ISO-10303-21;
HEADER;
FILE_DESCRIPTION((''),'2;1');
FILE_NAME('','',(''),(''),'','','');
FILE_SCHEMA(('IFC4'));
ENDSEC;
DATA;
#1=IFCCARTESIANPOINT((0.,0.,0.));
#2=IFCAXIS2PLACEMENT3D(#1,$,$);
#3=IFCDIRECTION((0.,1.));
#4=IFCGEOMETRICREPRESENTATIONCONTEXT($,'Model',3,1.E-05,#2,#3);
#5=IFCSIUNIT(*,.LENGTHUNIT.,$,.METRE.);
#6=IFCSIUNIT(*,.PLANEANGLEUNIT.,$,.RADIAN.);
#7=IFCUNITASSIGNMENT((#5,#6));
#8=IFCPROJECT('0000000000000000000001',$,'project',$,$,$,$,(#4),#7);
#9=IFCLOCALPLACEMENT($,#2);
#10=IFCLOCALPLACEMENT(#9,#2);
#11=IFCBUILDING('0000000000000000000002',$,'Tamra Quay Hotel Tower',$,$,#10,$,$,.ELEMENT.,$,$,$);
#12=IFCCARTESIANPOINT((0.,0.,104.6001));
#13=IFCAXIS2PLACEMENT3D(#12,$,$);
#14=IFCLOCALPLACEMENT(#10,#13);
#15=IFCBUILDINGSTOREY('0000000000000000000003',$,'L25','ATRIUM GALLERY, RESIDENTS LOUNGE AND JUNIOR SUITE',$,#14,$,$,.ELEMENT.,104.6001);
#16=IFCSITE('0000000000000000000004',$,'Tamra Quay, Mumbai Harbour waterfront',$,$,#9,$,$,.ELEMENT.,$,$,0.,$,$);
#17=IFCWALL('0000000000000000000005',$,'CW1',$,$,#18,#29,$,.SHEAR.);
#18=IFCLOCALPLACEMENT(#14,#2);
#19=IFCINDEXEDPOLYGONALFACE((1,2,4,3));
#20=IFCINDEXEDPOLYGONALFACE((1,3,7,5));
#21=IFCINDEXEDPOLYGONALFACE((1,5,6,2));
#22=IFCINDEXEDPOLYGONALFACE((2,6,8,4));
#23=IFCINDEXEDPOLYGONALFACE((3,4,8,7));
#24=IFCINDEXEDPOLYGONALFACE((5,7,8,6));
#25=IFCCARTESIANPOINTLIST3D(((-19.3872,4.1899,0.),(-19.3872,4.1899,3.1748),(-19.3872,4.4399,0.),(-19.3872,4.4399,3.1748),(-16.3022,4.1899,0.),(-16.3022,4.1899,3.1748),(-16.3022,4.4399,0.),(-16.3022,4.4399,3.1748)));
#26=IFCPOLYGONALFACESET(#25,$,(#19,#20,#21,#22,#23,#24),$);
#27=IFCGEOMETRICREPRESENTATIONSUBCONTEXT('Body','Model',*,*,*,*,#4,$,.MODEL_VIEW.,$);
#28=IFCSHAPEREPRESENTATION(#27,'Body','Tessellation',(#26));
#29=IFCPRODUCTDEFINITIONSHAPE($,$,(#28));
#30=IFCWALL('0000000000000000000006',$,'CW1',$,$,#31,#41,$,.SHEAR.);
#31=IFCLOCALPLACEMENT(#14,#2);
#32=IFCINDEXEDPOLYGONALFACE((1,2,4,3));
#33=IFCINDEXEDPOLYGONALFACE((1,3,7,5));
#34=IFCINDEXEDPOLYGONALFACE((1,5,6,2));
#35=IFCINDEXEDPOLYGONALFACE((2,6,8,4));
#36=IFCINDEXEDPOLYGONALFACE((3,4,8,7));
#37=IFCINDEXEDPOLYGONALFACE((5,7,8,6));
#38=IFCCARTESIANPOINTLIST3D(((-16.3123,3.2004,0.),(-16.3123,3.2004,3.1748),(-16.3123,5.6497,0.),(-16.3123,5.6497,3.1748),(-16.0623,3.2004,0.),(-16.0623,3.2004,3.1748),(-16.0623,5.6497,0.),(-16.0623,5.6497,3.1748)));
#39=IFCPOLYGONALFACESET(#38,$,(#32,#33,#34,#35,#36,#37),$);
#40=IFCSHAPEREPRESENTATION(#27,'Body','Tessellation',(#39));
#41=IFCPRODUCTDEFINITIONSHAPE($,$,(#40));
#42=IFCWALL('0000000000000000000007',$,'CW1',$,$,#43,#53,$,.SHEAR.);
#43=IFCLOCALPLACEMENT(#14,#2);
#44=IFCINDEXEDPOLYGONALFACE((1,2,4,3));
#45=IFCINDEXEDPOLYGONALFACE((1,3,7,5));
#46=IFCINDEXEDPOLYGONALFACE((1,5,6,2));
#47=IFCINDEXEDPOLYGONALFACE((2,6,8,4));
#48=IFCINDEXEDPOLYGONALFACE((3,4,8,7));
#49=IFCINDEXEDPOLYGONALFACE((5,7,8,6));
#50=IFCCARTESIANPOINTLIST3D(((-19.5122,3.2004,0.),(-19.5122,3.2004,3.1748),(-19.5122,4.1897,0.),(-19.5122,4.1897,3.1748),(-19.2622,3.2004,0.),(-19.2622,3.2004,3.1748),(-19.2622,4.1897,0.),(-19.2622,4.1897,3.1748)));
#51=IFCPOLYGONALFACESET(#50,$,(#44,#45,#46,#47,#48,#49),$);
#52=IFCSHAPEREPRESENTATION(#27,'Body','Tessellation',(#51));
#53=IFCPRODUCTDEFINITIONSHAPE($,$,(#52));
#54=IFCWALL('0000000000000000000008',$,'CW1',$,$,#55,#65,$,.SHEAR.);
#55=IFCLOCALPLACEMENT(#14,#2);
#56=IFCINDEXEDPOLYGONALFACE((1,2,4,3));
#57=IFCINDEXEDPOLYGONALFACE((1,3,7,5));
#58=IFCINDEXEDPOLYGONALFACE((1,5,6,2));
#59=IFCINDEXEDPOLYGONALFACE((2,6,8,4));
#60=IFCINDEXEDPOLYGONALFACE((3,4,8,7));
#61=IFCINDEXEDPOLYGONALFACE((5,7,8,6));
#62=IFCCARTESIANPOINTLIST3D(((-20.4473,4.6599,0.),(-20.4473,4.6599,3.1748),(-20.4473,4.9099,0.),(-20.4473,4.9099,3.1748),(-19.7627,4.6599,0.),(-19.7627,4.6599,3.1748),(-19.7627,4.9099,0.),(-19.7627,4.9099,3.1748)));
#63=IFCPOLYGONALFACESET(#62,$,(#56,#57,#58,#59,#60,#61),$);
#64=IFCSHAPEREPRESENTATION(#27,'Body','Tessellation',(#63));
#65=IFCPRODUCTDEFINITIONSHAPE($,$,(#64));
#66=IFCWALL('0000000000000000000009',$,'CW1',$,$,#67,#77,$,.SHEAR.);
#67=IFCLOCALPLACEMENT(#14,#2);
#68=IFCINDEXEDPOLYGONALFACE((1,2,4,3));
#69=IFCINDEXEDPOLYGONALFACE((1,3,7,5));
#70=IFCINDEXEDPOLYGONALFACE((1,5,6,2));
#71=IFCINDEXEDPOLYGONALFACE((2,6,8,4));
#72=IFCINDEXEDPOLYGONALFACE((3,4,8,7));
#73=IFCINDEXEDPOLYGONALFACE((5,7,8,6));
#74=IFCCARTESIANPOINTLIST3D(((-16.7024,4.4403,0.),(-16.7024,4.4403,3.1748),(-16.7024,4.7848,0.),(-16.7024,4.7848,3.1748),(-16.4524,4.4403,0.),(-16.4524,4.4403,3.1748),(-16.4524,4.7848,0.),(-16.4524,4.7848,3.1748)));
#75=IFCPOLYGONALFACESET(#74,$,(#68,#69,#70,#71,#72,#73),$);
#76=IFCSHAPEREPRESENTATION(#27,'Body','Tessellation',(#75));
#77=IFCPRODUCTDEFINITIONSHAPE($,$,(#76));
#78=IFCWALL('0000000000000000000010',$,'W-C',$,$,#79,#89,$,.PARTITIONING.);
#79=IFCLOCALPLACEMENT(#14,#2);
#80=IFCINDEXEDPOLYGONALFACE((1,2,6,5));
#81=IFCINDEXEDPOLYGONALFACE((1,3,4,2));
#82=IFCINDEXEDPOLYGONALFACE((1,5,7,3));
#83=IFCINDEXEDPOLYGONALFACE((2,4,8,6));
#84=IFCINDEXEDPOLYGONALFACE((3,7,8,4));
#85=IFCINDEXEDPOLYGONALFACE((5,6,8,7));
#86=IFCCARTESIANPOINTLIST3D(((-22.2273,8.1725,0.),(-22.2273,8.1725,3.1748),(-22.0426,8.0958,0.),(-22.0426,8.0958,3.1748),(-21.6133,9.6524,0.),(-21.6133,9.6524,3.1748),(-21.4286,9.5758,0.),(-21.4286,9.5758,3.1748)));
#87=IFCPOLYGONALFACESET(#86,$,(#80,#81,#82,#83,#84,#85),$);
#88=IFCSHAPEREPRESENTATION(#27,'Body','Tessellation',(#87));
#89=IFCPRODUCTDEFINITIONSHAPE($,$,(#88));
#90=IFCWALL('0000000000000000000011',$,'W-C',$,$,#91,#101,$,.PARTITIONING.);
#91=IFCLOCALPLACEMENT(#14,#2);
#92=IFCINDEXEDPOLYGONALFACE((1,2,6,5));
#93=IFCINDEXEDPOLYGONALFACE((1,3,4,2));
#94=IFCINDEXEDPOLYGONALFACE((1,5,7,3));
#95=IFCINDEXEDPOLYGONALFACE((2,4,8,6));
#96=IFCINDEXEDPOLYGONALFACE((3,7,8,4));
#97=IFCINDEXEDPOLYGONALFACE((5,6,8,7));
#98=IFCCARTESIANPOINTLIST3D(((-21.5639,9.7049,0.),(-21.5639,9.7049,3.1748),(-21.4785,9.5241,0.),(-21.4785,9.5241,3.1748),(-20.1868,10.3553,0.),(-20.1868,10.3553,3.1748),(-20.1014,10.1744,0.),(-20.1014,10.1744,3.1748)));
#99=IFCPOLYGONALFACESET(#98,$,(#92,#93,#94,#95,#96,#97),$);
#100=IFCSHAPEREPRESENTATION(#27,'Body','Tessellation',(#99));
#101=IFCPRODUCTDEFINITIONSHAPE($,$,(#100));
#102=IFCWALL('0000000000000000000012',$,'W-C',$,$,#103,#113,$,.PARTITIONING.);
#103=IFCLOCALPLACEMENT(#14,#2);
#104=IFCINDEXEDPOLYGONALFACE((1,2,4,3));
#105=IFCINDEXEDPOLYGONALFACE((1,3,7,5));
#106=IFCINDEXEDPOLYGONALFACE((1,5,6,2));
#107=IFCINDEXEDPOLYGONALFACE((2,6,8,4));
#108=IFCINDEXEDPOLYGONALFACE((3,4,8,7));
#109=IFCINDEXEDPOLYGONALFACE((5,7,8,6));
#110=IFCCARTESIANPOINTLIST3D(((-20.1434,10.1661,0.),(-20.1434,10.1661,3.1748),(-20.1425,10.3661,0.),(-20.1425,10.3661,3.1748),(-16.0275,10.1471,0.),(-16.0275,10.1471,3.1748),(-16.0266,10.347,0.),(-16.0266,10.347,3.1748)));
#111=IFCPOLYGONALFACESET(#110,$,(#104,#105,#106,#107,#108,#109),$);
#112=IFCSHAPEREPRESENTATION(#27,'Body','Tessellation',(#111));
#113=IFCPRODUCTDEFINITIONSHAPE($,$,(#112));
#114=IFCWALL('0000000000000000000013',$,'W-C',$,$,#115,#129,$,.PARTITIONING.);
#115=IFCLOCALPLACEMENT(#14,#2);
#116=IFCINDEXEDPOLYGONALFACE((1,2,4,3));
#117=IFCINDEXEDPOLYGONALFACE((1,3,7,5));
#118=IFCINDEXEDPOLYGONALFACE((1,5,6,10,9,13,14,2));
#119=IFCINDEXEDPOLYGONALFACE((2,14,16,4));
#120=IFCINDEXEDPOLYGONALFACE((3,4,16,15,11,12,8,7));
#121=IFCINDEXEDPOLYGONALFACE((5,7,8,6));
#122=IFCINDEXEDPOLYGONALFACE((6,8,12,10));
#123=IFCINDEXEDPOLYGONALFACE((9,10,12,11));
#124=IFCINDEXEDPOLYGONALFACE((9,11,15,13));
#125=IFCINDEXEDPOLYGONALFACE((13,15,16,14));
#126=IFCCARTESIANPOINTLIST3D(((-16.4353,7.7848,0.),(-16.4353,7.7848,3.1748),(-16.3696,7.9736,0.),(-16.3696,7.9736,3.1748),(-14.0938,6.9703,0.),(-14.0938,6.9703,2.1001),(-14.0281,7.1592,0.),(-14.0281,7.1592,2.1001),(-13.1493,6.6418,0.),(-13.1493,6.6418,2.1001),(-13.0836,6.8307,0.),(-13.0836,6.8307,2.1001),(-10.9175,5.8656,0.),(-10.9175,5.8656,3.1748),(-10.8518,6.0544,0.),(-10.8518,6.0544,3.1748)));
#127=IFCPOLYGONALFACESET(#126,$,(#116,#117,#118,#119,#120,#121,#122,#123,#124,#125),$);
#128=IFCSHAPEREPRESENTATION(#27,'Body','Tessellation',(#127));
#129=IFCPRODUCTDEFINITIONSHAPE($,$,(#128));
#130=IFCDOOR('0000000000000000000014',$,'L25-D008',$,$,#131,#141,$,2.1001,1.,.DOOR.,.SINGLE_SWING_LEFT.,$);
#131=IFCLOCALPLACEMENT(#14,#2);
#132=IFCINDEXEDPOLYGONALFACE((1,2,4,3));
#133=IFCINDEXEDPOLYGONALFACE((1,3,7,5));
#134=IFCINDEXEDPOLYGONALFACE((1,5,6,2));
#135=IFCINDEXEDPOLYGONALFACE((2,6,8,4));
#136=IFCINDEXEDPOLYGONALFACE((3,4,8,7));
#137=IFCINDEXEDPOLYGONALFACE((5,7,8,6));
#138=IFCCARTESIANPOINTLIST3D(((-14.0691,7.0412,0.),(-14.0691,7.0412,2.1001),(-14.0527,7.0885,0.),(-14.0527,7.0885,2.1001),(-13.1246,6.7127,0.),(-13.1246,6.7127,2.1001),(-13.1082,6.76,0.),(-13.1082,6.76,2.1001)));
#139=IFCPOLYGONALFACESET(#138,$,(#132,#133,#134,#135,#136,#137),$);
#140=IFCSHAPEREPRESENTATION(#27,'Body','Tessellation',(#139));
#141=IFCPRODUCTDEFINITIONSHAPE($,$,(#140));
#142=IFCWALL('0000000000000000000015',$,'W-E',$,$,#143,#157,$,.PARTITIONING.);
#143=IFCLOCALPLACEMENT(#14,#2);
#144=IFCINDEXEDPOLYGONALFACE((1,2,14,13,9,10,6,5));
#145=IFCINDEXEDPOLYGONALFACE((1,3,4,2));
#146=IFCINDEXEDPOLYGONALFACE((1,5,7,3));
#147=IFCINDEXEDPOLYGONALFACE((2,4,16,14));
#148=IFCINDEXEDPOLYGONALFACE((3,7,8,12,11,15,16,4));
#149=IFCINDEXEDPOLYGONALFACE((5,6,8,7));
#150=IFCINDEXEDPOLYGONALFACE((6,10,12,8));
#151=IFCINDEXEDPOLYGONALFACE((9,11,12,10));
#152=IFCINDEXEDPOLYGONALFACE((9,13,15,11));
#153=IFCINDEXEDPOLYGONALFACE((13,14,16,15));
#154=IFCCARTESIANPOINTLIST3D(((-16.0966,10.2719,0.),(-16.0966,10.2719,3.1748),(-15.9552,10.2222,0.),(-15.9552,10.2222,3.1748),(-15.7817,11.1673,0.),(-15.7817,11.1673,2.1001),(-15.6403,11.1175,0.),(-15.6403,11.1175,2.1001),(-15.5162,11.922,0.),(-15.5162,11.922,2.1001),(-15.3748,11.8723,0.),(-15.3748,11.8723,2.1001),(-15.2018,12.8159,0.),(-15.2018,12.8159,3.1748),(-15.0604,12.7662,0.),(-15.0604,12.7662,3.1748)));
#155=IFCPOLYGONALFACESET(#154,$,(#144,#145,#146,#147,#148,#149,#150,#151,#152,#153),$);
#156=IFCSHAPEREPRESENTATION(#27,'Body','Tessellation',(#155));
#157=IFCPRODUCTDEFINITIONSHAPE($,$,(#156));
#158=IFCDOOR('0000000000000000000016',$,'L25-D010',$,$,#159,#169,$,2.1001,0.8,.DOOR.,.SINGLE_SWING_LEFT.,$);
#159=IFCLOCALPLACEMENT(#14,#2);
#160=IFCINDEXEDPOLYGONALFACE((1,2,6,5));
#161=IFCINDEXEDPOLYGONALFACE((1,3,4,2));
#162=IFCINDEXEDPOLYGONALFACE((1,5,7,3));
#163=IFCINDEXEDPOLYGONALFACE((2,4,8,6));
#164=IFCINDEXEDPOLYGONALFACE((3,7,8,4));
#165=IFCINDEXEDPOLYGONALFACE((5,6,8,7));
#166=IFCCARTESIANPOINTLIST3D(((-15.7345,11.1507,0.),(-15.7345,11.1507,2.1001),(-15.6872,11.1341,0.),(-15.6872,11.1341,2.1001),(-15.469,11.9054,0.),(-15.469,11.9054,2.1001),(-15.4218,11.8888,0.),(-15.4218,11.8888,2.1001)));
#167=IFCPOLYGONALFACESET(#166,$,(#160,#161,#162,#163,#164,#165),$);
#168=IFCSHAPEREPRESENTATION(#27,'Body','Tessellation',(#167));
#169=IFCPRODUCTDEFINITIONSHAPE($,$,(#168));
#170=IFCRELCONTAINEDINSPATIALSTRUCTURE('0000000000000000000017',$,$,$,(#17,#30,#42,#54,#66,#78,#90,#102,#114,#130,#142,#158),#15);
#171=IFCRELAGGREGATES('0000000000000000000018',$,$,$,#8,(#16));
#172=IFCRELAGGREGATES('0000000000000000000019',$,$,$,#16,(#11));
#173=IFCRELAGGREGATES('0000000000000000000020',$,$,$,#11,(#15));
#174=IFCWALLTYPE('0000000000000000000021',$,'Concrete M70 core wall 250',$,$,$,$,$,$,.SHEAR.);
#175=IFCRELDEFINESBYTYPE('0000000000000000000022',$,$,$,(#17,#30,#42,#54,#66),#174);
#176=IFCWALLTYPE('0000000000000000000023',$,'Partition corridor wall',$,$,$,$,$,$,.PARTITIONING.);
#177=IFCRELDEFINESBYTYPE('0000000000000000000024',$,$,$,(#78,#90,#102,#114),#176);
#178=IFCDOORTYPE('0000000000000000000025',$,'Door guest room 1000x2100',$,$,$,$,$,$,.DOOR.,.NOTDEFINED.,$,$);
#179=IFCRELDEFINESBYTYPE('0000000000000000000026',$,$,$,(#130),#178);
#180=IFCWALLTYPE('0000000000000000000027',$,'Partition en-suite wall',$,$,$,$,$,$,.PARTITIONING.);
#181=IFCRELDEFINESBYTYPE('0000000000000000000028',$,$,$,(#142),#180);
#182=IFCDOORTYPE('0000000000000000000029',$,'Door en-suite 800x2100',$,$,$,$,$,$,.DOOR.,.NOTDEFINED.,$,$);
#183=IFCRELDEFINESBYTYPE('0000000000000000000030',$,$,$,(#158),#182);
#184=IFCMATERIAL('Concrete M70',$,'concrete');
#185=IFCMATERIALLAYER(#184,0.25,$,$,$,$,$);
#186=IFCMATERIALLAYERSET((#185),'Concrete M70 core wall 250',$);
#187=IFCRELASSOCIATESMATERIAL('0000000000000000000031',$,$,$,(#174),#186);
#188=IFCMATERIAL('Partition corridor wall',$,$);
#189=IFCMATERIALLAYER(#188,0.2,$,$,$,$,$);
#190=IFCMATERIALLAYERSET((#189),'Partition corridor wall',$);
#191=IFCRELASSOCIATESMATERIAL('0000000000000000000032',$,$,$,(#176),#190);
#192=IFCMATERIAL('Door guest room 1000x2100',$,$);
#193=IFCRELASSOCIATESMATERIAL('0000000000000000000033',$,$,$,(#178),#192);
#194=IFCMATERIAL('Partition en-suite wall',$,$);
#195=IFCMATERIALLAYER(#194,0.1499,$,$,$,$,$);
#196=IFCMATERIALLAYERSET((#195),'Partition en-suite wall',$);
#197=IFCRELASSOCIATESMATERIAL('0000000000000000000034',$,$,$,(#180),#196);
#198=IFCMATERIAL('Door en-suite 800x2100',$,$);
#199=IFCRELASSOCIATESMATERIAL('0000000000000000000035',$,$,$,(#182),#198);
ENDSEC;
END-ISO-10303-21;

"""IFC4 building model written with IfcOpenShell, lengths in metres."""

from ifc_helpers import new_model, si_unit, direction, frame, frame_2d, origin, place, context, subcontext, project, spatial, rectangle, extrude, material, layer, layer_set, type_object, element, fill, save


model = new_model("IFC4")

# Units and contexts
model_context = context("Model", 3, precision=1e-05, world=origin(), true_north=direction((0.0, 1.0)))
body_context = subcontext(model_context, "Body", "Model", "MODEL_VIEW")
ifc_project = project(units=[si_unit("LENGTHUNIT", "METRE"), si_unit("PLANEANGLEUNIT", "RADIAN")], contexts=[model_context])

# Site, building, storey
site_placement = place(None, origin())
site = spatial("IfcSite", under=ifc_project, at=site_placement, Name="Tamra Quay, Mumbai Harbour waterfront", CompositionType="ELEMENT", RefElevation=0.0)
building_placement = place(site_placement, origin())
building = spatial("IfcBuilding", under=site, at=building_placement, Name="Tamra Quay Hotel Tower", CompositionType="ELEMENT")
storey_placement = place(building_placement, frame((0.0, 0.0, 104.6001)))
storey = spatial("IfcBuildingStorey", under=building, at=storey_placement, Name="L25", Description="ATRIUM GALLERY, RESIDENTS LOUNGE AND JUNIOR SUITE", CompositionType="ELEMENT", Elevation=104.6001)

# Shared definitions
ifc_material_1 = material(Name="Concrete M70", Category="concrete")

# Walls
ifc_layer_1 = layer(ifc_material_1, 0.25)
ifc_layer_set_1 = layer_set([ifc_layer_1], Name="Concrete M70 core wall 250")
wall_type_1 = type_object("IfcWallType", Name="Concrete M70 core wall 250", PredefinedType="SHEAR", material=ifc_layer_set_1)
wall_1_placement = place(storey_placement, frame((-16.3022, 4.3149, 0.0), z_axis=(0.0, 0.0, 1.0), x_axis=(-1.0, 0.0, 0.0)))
element("IfcWall", 1, at=wall_1_placement, inside=storey, type_object=wall_type_1, Name="CW1", PredefinedType="SHEAR", context=body_context, shape_type="SweptSolid", body=[
    extrude(rectangle(XDim=3.085, YDim=0.25, at=frame_2d((1.5425, 0.0))), origin(), (0.0, 0.0, 1.0), 3.1748),
])
wall_2_placement = place(storey_placement, frame((-16.1873, 3.2004, 0.0), z_axis=(0.0, 0.0, 1.0), x_axis=(0.0, 1.0, 0.0)))
element("IfcWall", 2, at=wall_2_placement, inside=storey, type_object=wall_type_1, Name="CW1", PredefinedType="SHEAR", context=body_context, shape_type="SweptSolid", body=[
    extrude(rectangle(XDim=2.4492, YDim=0.25, at=frame_2d((1.2246, 0.0))), origin(), (0.0, 0.0, 1.0), 3.1748),
])
wall_3_placement = place(storey_placement, frame((-19.3872, 4.1897, 0.0), z_axis=(0.0, 0.0, 1.0), x_axis=(0.0, -1.0, 0.0)))
element("IfcWall", 3, at=wall_3_placement, inside=storey, type_object=wall_type_1, Name="CW1", PredefinedType="SHEAR", context=body_context, shape_type="SweptSolid", body=[
    extrude(rectangle(XDim=0.9893, YDim=0.25, at=frame_2d((0.4946, 0.0))), origin(), (0.0, 0.0, 1.0), 3.1748),
])
wall_4_placement = place(storey_placement, frame((-20.4473, 4.7849, 0.0), z_axis=(0.0, 0.0, 1.0), x_axis=(1.0, 0.0, 0.0)))
element("IfcWall", 4, at=wall_4_placement, inside=storey, type_object=wall_type_1, Name="CW1", PredefinedType="SHEAR", context=body_context, shape_type="SweptSolid", body=[
    extrude(rectangle(XDim=0.6846, YDim=0.25, at=frame_2d((0.3423, 0.0))), origin(), (0.0, 0.0, 1.0), 3.1748),
])
wall_5_placement = place(storey_placement, frame((-16.5774, 4.7849, 0.0), z_axis=(0.0, 0.0, 1.0), x_axis=(0.0, -1.0, 0.0)))
element("IfcWall", 5, at=wall_5_placement, inside=storey, type_object=wall_type_1, Name="CW1", PredefinedType="SHEAR", context=body_context, shape_type="SweptSolid", body=[
    extrude(rectangle(XDim=0.3445, YDim=0.25, at=frame_2d((0.1724, 0.0))), origin(), (0.0, 0.0, 1.0), 3.1748),
])
ifc_material_2 = material(Name="Partition corridor wall")
ifc_layer_2 = layer(ifc_material_2, 0.2)
ifc_layer_set_2 = layer_set([ifc_layer_2], Name="Partition corridor wall")
wall_type_2 = type_object("IfcWallType", Name="Partition corridor wall", PredefinedType="PARTITIONING", material=ifc_layer_set_2)
wall_6_placement = place(storey_placement, frame((-22.135, 8.134, 0.0), z_axis=(0.0, 0.0, 1.0), x_axis=(0.383208, 0.923662, 0.0)))
element("IfcWall", 6, at=wall_6_placement, inside=storey, type_object=wall_type_2, Name="W-C", PredefinedType="PARTITIONING", context=body_context, shape_type="SweptSolid", body=[
    extrude(rectangle(XDim=1.6023, YDim=0.2, at=frame_2d((0.8013, 0.0))), origin(), (0.0, 0.0, 1.0), 3.1748),
])
wall_7_placement = place(storey_placement, frame((-21.5212, 9.6145, 0.0), z_axis=(0.0, 0.0, 1.0), x_axis=(0.904237, 0.427032, 0.0)))
element("IfcWall", 7, at=wall_7_placement, inside=storey, type_object=wall_type_2, Name="W-C", PredefinedType="PARTITIONING", context=body_context, shape_type="SweptSolid", body=[
    extrude(rectangle(XDim=1.5229, YDim=0.2, at=frame_2d((0.7615, 0.0))), origin(), (0.0, 0.0, 1.0), 3.1748),
])
wall_8_placement = place(storey_placement, frame((-20.1431, 10.2661, 0.0), z_axis=(0.0, 0.0, 1.0), x_axis=(0.999989, -0.004627, 0.0)))
element("IfcWall", 8, at=wall_8_placement, inside=storey, type_object=wall_type_2, Name="W-C", PredefinedType="PARTITIONING", context=body_context, shape_type="SweptSolid", body=[
    extrude(rectangle(XDim=4.116, YDim=0.2, at=frame_2d((2.0581, 0.0))), origin(), (0.0, 0.0, 1.0), 3.1748),
])

# Walls, openings, doors
wall_9_placement = place(storey_placement, frame((-16.4023, 7.8792, 0.0), z_axis=(0.0, 0.0, 1.0), x_axis=(0.9445, -0.328513, 0.0)))
wall_9 = element("IfcWall", 9, at=wall_9_placement, inside=storey, type_object=wall_type_2, Name="W-C", PredefinedType="PARTITIONING", context=body_context, shape_type="SweptSolid", body=[
    extrude(rectangle(XDim=5.842, YDim=0.2, at=frame_2d((2.9209, 0.0))), origin(), (0.0, 0.0, 1.0), 3.1748),
])
opening_1_placement = place(wall_9_placement, frame((2.479, 0.0, 0.0)))
opening_1 = element("IfcOpeningElement", 10, at=opening_1_placement, cuts=wall_9, PredefinedType="OPENING", context=body_context, shape_type="SweptSolid", body=[
    extrude(rectangle(XDim=1.0, YDim=2.1001, at=frame_2d((0.5, 1.05))), frame((0.0, 0.1099, 0.0), z_axis=(0.0, -1.0, 0.0), x_axis=(1.0, 0.0, 0.0)), (0.0, 0.0, 1.0), 0.22),
])
ifc_material_3 = material(Name="Door guest room 1000x2100")
door_type_1 = type_object("IfcDoorType", Name="Door guest room 1000x2100", OperationType="NOTDEFINED", PredefinedType="DOOR", material=ifc_material_3)
door_1_placement = place(opening_1_placement, frame((1.0, 0.0, 0.0), z_axis=(0.0, 0.0, 1.0), x_axis=(-1.0, 0.0, 0.0)))
door_1 = element("IfcDoor", 11, at=door_1_placement, inside=storey, type_object=door_type_1, Name="L25-D008", OperationType="SINGLE_SWING_LEFT", OverallHeight=2.1001, OverallWidth=1.0, PredefinedType="DOOR", context=body_context, shape_type="SweptSolid", body=[
    extrude(rectangle(XDim=1.0, YDim=2.1001, at=frame_2d((0.5, 1.05))), frame((0.0, 0.0249, 0.0), z_axis=(0.0, -1.0, 0.0), x_axis=(1.0, 0.0, 0.0)), (0.0, 0.0, 1.0), 0.05),
])
fill(opening_1, door_1)
ifc_material_4 = material(Name="Partition en-suite wall")
ifc_layer_3 = layer(ifc_material_4, 0.1499)
ifc_layer_set_3 = layer_set([ifc_layer_3], Name="Partition en-suite wall")
wall_type_3 = type_object("IfcWallType", Name="Partition en-suite wall", PredefinedType="PARTITIONING", material=ifc_layer_set_3)
wall_10_placement = place(storey_placement, frame((-16.0259, 10.2471, 0.0), z_axis=(0.0, 0.0, 1.0), x_axis=(0.331802, 0.943349, 0.0)))
wall_10 = element("IfcWall", 12, at=wall_10_placement, inside=storey, type_object=wall_type_3, Name="W-E", PredefinedType="PARTITIONING", context=body_context, shape_type="SweptSolid", body=[
    extrude(rectangle(XDim=2.6968, YDim=0.1499, at=frame_2d((1.3484, 0.0))), origin(), (0.0, 0.0, 1.0), 3.1748),
])
opening_2_placement = place(wall_10_placement, frame((0.9492, 0.0, 0.0)))
opening_2 = element("IfcOpeningElement", 13, at=opening_2_placement, cuts=wall_10, PredefinedType="OPENING", context=body_context, shape_type="SweptSolid", body=[
    extrude(rectangle(XDim=0.8, YDim=2.1001, at=frame_2d((0.3999, 1.05))), frame((0.0, 0.085, 0.0), z_axis=(0.0, -1.0, 0.0), x_axis=(1.0, 0.0, 0.0)), (0.0, 0.0, 1.0), 0.1699),
])
ifc_material_5 = material(Name="Door en-suite 800x2100")
door_type_2 = type_object("IfcDoorType", Name="Door en-suite 800x2100", OperationType="NOTDEFINED", PredefinedType="DOOR", material=ifc_material_5)
door_2_placement = place(opening_2_placement, origin())
door_2 = element("IfcDoor", 14, at=door_2_placement, inside=storey, type_object=door_type_2, Name="L25-D010", OperationType="SINGLE_SWING_LEFT", OverallHeight=2.1001, OverallWidth=0.8, PredefinedType="DOOR", context=body_context, shape_type="SweptSolid", body=[
    extrude(rectangle(XDim=0.8, YDim=2.1001, at=frame_2d((0.3999, 1.05))), frame((0.0, 0.0249, 0.0), z_axis=(0.0, -1.0, 0.0), x_axis=(1.0, 0.0, 0.0)), (0.0, 0.0, 1.0), 0.05),
])
fill(opening_2, door_2)

save(model, "model.ifc")
